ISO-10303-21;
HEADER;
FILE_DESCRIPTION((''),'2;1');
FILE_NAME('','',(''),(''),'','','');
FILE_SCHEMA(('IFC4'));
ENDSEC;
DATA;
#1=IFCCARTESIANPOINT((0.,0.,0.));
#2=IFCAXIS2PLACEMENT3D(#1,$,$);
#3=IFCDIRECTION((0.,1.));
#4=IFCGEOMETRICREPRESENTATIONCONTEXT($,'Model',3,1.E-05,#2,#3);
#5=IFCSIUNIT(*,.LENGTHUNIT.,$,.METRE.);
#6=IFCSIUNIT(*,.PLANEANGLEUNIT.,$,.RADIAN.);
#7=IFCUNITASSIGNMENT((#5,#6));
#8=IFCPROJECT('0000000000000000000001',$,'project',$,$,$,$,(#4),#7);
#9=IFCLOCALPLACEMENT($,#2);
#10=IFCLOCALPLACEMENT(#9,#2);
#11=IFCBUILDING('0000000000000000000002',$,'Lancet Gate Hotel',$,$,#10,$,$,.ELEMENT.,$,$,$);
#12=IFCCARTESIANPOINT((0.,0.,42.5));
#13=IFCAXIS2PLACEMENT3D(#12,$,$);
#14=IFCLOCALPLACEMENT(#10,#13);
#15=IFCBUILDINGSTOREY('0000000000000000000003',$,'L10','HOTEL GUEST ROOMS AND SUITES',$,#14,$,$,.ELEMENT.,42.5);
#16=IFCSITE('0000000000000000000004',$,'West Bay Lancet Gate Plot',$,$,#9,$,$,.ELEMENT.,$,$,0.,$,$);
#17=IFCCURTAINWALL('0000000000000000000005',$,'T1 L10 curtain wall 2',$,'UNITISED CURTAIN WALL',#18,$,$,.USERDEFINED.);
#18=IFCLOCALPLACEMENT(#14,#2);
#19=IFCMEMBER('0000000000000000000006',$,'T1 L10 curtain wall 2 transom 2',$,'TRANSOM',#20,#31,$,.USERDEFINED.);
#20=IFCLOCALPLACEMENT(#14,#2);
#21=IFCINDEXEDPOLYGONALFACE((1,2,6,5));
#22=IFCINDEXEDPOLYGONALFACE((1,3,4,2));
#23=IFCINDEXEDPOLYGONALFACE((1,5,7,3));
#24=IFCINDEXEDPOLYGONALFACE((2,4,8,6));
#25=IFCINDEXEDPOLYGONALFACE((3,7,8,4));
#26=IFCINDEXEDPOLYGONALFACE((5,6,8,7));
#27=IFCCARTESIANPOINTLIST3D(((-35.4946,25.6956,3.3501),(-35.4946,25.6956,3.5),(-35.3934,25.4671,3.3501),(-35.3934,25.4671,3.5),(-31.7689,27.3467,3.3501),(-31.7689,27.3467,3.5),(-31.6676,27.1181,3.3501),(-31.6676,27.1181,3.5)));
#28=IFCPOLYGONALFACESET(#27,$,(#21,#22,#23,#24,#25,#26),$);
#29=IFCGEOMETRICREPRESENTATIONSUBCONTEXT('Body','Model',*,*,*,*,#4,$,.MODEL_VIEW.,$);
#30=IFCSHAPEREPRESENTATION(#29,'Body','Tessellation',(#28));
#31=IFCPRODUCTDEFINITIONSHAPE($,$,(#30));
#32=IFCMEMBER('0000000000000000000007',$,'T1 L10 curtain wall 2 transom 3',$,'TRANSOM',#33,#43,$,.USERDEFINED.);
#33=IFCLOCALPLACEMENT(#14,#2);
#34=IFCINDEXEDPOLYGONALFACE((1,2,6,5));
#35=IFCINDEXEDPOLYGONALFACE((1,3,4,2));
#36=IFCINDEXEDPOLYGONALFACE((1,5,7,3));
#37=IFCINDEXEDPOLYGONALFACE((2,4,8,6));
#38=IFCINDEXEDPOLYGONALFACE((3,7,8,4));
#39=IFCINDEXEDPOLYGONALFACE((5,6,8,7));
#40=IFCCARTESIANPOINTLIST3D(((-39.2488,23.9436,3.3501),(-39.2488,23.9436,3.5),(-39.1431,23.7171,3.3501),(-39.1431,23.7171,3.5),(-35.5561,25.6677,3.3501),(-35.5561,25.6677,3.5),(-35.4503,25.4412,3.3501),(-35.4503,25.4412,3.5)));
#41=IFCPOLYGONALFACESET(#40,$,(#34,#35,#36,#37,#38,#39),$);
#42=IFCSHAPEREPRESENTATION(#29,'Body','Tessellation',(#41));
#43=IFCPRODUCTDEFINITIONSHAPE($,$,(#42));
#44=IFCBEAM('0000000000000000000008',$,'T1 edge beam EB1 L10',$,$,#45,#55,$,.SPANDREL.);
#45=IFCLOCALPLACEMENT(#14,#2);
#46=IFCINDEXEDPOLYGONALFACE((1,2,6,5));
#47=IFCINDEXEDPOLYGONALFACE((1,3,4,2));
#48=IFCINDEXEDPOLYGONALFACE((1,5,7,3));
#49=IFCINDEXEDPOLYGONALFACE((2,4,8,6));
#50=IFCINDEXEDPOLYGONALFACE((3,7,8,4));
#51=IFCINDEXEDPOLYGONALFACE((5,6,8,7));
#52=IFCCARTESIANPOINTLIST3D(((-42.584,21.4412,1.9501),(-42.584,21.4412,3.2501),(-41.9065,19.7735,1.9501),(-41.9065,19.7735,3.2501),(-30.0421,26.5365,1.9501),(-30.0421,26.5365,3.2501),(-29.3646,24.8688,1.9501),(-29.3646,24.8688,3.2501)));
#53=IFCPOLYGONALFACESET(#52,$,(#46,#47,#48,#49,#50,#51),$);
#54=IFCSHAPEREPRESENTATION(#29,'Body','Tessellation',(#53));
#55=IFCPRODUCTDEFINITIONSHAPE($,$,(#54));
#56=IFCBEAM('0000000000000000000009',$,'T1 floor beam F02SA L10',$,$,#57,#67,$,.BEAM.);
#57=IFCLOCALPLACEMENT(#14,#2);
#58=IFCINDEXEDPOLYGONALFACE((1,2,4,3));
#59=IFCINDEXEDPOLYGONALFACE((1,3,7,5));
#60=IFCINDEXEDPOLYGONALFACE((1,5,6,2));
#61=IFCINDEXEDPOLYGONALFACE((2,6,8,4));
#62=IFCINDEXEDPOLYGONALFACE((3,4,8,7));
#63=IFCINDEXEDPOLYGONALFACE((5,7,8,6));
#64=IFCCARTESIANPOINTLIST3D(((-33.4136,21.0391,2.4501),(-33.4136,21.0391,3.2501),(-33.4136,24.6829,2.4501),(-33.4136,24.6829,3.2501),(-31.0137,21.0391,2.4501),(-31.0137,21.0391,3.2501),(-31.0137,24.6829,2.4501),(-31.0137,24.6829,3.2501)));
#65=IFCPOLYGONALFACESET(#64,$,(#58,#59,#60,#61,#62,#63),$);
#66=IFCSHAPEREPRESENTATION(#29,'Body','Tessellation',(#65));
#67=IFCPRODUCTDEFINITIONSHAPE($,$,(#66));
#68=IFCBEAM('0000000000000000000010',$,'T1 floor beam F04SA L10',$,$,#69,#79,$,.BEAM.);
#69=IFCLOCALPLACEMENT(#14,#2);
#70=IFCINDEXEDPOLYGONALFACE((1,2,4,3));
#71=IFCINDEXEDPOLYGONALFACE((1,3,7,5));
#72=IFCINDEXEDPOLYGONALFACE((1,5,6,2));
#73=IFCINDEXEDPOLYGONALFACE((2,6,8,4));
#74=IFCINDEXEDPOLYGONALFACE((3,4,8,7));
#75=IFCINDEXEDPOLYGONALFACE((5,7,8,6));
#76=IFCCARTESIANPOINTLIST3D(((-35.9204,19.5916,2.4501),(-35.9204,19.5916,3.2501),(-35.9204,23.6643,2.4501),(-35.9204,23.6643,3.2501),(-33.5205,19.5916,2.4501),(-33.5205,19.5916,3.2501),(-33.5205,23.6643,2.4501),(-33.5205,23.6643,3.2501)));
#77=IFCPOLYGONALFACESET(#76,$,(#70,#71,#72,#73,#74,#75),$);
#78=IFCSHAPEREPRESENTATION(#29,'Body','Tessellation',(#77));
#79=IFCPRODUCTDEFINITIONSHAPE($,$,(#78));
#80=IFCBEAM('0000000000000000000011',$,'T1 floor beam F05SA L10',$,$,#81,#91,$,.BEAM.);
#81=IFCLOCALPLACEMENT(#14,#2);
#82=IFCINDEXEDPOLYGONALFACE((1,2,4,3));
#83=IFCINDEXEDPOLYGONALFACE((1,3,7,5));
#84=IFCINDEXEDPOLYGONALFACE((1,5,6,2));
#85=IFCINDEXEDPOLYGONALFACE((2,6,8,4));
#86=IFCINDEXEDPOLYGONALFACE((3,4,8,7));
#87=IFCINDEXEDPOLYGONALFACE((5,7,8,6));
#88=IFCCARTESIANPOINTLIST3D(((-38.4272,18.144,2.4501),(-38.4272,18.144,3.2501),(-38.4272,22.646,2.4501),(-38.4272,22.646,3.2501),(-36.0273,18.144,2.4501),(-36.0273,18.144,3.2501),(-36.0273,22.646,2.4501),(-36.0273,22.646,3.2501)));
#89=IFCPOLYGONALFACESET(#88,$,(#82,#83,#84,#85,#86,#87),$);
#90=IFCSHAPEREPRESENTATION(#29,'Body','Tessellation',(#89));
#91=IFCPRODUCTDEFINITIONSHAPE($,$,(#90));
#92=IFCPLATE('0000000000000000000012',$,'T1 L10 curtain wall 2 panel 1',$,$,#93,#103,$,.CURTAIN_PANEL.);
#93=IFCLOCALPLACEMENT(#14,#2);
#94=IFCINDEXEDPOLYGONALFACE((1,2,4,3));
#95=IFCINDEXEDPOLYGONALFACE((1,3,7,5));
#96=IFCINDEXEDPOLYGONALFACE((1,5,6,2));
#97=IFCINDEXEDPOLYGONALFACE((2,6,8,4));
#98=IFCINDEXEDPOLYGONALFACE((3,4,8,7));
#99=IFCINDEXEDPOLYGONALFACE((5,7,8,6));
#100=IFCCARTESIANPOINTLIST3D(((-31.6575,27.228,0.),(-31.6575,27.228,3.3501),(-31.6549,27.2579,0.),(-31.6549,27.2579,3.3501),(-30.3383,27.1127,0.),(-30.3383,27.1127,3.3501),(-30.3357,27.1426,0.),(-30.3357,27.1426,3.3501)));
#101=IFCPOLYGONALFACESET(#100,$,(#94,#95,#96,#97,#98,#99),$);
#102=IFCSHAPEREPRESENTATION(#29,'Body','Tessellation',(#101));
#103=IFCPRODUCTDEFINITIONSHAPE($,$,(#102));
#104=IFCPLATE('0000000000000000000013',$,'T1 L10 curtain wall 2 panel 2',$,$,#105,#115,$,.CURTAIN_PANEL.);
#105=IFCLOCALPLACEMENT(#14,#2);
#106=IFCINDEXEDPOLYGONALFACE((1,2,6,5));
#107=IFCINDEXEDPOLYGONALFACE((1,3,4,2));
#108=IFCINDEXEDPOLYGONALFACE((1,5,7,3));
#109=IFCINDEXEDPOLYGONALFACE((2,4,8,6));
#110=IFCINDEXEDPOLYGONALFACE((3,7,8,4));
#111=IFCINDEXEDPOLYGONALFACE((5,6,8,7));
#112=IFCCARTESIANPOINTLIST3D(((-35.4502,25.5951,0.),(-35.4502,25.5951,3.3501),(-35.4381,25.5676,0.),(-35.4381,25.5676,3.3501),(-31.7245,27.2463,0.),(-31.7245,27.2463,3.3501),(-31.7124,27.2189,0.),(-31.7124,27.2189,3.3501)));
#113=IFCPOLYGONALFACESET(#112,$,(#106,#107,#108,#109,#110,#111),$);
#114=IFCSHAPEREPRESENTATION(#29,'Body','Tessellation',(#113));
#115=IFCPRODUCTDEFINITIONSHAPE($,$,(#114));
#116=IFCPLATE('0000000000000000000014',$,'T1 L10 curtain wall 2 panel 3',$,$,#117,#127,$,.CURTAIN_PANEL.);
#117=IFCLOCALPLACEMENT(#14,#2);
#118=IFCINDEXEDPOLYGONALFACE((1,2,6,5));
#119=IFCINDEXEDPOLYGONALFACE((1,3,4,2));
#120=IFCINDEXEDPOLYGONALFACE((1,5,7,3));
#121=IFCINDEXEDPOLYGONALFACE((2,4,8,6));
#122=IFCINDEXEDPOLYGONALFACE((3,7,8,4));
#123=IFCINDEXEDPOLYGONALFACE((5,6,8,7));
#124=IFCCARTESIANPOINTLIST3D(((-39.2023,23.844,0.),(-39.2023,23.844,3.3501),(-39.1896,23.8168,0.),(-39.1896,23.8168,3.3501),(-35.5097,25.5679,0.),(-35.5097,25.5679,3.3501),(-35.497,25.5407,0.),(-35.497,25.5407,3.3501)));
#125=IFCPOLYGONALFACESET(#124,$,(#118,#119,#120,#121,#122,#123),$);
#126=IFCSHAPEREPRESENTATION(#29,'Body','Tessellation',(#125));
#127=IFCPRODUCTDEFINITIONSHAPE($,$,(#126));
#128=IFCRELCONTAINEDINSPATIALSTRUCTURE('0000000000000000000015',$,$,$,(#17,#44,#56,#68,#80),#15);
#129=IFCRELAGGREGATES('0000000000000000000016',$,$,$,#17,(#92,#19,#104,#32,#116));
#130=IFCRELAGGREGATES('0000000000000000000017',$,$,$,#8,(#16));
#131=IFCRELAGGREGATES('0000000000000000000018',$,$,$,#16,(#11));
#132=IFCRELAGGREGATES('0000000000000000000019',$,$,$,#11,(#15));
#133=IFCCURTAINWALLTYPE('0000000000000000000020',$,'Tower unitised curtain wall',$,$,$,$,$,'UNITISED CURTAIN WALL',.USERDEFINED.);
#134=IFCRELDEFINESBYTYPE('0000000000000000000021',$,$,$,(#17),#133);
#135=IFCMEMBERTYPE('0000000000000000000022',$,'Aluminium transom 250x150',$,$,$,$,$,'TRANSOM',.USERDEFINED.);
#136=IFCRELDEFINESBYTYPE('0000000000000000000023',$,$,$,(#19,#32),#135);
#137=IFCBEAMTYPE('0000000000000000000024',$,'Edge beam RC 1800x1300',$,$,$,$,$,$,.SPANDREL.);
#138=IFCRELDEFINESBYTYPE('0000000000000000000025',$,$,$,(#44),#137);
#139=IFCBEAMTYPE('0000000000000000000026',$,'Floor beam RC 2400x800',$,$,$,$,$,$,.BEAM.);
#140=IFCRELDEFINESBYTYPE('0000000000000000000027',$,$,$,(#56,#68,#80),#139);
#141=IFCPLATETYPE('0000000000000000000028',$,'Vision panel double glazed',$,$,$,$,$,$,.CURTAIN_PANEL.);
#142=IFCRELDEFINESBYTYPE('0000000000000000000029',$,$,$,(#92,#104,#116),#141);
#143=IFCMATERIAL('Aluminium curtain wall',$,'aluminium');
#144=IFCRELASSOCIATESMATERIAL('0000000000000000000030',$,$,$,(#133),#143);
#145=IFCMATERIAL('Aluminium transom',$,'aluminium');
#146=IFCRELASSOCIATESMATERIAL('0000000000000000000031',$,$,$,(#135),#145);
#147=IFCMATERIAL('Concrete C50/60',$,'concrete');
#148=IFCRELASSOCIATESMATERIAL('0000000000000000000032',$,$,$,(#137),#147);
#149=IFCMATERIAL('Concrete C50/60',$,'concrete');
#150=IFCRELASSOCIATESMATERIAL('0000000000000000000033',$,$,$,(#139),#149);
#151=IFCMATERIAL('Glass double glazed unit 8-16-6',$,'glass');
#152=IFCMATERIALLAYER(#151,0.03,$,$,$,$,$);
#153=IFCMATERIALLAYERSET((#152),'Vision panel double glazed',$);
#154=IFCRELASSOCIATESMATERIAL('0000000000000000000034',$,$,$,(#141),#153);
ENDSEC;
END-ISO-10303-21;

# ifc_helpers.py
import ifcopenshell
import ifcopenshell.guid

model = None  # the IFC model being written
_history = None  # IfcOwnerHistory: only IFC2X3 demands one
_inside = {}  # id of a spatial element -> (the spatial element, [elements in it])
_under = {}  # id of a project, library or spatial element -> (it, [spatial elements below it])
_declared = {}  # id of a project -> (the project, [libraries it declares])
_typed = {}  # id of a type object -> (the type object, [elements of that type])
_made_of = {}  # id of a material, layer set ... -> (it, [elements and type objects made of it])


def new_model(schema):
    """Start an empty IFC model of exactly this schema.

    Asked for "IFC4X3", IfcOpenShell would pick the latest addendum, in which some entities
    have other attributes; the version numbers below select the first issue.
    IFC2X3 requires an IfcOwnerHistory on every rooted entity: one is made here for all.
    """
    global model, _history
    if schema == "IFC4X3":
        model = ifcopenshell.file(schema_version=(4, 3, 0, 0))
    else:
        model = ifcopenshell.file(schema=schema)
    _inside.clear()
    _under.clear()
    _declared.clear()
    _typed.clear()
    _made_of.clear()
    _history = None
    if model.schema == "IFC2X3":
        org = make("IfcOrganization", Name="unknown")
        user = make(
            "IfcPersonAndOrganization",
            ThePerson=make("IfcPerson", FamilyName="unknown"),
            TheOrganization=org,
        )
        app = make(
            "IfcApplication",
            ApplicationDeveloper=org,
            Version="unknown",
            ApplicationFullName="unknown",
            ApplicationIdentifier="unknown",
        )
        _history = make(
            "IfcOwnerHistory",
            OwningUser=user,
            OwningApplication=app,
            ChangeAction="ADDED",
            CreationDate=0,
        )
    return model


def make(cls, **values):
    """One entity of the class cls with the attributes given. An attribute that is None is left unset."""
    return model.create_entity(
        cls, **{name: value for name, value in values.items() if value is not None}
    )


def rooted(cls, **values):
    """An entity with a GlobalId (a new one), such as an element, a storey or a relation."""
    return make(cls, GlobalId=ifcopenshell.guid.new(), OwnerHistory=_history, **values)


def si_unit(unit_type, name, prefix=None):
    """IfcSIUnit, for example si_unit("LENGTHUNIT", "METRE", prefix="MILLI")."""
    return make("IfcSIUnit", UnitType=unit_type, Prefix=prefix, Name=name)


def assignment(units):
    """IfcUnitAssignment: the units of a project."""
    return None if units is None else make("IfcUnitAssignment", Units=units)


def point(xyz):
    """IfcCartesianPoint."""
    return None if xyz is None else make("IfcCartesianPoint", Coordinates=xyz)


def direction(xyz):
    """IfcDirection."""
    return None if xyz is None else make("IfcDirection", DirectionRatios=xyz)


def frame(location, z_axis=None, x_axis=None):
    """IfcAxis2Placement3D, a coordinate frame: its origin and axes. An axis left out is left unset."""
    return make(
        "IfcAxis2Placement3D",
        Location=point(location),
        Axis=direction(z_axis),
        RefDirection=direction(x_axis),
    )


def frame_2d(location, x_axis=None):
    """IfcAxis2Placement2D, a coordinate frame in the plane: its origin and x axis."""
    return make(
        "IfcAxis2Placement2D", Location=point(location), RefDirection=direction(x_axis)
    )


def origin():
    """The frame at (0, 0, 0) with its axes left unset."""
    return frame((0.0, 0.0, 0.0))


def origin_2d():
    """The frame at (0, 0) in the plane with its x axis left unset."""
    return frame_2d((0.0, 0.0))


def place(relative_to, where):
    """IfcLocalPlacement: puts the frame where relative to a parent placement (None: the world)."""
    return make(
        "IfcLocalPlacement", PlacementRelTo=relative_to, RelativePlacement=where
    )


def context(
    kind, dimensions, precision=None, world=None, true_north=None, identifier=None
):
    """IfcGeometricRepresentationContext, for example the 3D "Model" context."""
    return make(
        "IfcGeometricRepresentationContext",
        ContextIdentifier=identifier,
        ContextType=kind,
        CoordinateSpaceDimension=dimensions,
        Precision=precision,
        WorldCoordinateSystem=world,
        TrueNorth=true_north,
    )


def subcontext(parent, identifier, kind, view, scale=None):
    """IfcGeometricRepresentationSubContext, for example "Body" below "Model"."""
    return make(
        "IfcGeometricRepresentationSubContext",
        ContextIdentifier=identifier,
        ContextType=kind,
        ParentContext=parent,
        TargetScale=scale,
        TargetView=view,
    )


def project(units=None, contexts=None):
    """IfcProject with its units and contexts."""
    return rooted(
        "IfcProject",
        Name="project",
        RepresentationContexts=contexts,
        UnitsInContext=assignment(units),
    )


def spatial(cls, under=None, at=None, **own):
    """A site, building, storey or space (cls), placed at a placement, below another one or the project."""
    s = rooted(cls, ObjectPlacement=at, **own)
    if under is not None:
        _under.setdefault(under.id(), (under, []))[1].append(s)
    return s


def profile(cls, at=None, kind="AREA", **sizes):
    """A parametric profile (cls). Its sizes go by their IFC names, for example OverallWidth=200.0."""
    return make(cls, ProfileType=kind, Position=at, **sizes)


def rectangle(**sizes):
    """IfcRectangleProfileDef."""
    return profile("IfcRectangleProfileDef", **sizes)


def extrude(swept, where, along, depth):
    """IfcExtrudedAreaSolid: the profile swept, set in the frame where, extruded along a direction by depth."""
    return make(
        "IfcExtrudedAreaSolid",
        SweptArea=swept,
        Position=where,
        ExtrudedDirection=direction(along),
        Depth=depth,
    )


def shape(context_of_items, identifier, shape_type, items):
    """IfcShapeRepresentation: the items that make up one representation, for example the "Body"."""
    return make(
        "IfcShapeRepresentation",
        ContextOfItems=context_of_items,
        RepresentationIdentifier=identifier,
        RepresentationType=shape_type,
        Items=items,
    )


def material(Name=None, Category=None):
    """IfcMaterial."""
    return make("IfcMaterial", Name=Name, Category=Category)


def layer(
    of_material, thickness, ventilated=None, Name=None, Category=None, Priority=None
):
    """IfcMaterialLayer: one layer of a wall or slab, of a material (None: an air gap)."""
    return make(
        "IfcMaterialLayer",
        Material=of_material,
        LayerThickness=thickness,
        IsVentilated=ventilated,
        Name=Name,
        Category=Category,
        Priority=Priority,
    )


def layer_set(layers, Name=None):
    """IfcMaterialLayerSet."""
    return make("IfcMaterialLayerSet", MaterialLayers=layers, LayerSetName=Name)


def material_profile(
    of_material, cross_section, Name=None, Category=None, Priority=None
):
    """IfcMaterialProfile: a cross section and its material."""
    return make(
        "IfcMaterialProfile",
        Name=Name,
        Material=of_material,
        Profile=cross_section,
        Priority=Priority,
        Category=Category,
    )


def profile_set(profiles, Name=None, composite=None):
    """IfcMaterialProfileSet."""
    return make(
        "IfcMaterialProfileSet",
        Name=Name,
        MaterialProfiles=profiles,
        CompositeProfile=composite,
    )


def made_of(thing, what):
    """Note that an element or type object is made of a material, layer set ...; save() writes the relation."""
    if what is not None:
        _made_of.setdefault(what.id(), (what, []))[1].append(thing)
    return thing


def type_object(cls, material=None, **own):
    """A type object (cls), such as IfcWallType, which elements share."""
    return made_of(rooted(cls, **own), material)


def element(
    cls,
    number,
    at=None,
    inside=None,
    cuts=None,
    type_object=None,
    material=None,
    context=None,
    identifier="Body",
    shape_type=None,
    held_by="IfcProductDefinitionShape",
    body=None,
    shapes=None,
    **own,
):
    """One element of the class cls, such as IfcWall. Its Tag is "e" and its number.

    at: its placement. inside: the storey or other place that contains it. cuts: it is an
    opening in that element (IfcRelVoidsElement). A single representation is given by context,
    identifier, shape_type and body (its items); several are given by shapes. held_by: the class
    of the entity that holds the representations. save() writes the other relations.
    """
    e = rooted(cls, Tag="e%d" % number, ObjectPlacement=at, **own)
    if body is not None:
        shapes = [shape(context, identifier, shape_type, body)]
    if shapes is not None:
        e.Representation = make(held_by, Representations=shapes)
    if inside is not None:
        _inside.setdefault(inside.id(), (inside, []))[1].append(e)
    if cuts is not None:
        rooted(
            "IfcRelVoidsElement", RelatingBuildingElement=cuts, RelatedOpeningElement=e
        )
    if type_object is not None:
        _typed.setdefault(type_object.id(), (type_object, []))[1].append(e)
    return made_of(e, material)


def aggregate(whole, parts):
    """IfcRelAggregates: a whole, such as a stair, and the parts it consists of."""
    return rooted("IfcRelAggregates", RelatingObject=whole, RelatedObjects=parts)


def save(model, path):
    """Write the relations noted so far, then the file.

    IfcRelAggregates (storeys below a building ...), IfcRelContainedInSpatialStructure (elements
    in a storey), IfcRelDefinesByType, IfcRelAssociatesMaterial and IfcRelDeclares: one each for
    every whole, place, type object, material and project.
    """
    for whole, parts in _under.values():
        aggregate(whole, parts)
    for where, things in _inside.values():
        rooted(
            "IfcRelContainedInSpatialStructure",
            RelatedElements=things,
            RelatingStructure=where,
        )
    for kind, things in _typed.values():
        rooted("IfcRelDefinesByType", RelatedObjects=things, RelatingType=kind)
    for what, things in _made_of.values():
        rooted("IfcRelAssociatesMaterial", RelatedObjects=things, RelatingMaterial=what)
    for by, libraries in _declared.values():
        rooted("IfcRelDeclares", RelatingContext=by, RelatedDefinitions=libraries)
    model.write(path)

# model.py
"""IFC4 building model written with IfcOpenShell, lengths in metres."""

from ifc_helpers import new_model, si_unit, direction, frame, origin, origin_2d, place, context, subcontext, project, spatial, rectangle, extrude, material, layer, layer_set, material_profile, profile_set, type_object, element, aggregate, save


model = new_model("IFC4")

# Units and contexts
model_context = context("Model", 3, precision=1e-05, world=origin(), true_north=direction((0.0, 1.0)))
body_context = subcontext(model_context, "Body", "Model", "MODEL_VIEW")
ifc_project = project(units=[si_unit("LENGTHUNIT", "METRE"), si_unit("PLANEANGLEUNIT", "RADIAN")], contexts=[model_context])

# Site, building, storey
site_placement = place(None, origin())
site = spatial("IfcSite", under=ifc_project, at=site_placement, Name="West Bay Lancet Gate Plot", CompositionType="ELEMENT", RefElevation=0.0)
building_placement = place(site_placement, origin())
building = spatial("IfcBuilding", under=site, at=building_placement, Name="Lancet Gate Hotel", CompositionType="ELEMENT")
storey_placement = place(building_placement, frame((0.0, 0.0, 42.5)))
storey = spatial("IfcBuildingStorey", under=building, at=storey_placement, Name="L10", Description="HOTEL GUEST ROOMS AND SUITES", CompositionType="ELEMENT", Elevation=42.5)

# Curtain wall, members
ifc_material_1 = material(Name="Aluminium curtain wall", Category="aluminium")
curtain_wall_type = type_object("IfcCurtainWallType", Name="Tower unitised curtain wall", ElementType="UNITISED CURTAIN WALL", PredefinedType="USERDEFINED", material=ifc_material_1)
curtain_wall_placement = place(storey_placement, origin())
curtain_wall = element("IfcCurtainWall", 1, at=curtain_wall_placement, inside=storey, type_object=curtain_wall_type, Name="T1 L10 curtain wall 2", ObjectType="UNITISED CURTAIN WALL", PredefinedType="USERDEFINED")
ifc_material_2 = material(Name="Aluminium transom", Category="aluminium")
ifc_material_profile_1 = material_profile(ifc_material_2, rectangle(XDim=0.25, YDim=0.1499, at=origin_2d()), Name="TRANSOM 250x150")
ifc_profile_set_1 = profile_set([ifc_material_profile_1], Name="Aluminium transom")
member_type_1 = type_object("IfcMemberType", Name="Aluminium transom 250x150", ElementType="TRANSOM", PredefinedType="USERDEFINED", material=ifc_profile_set_1)
member_1_placement = place(storey_placement, frame((-31.7183, 27.2324, 3.425), z_axis=(-0.914248, -0.405154, 0.0), x_axis=(0.405154, -0.914248, 0.0)))
member_1 = element("IfcMember", 2, at=member_1_placement, type_object=member_type_1, Name="T1 L10 curtain wall 2 transom 2", ObjectType="TRANSOM", PredefinedType="USERDEFINED", context=body_context, shape_type="SweptSolid", body=[
    extrude(rectangle(XDim=0.25, YDim=0.1499, at=origin_2d()), origin(), (0.0, 0.0, 1.0), 4.0752),
])
member_2_placement = place(storey_placement, frame((-35.5032, 25.5544, 3.425), z_axis=(-0.90611, -0.423043, 0.0), x_axis=(0.423043, -0.90611, 0.0)))
member_2 = element("IfcMember", 3, at=member_2_placement, type_object=member_type_1, Name="T1 L10 curtain wall 2 transom 3", ObjectType="TRANSOM", PredefinedType="USERDEFINED", context=body_context, shape_type="SweptSolid", body=[
    extrude(rectangle(XDim=0.25, YDim=0.1499, at=origin_2d()), origin(), (0.0, 0.0, 1.0), 4.0754),
])

# Beams
ifc_material_3 = material(Name="Concrete C50/60", Category="concrete")
ifc_material_profile_2 = material_profile(ifc_material_3, rectangle(XDim=1.8, YDim=1.3, at=origin_2d()), Name="RC 1800x1300")
ifc_profile_set_2 = profile_set([ifc_material_profile_2], Name="Concrete C50/60")
beam_type_1 = type_object("IfcBeamType", Name="Edge beam RC 1800x1300", PredefinedType="SPANDREL", material=ifc_profile_set_2)
beam_1_placement = place(storey_placement, frame((-29.7034, 25.7026, 2.6001), z_axis=(-0.926463, -0.376385, 0.0), x_axis=(0.376385, -0.926463, 0.0)))
element("IfcBeam", 4, at=beam_1_placement, inside=storey, type_object=beam_type_1, Name="T1 edge beam EB1 L10", PredefinedType="SPANDREL", context=body_context, shape_type="SweptSolid", body=[
    extrude(rectangle(XDim=1.8, YDim=1.3, at=origin_2d()), origin(), (0.0, 0.0, 1.0), 13.5374),
])
ifc_material_4 = material(Name="Concrete C50/60", Category="concrete")
ifc_material_profile_3 = material_profile(ifc_material_4, rectangle(XDim=2.3999, YDim=0.8, at=origin_2d()), Name="RC 2400x800")
ifc_profile_set_3 = profile_set([ifc_material_profile_3], Name="Concrete C50/60")
beam_type_2 = type_object("IfcBeamType", Name="Floor beam RC 2400x800", PredefinedType="BEAM", material=ifc_profile_set_3)
beam_2_placement = place(storey_placement, frame((-32.2136, 24.6829, 2.8501), z_axis=(0.0, -1.0, 0.0), x_axis=(1.0, 0.0, 0.0)))
element("IfcBeam", 5, at=beam_2_placement, inside=storey, type_object=beam_type_2, Name="T1 floor beam F02SA L10", PredefinedType="BEAM", context=body_context, shape_type="SweptSolid", body=[
    extrude(rectangle(XDim=2.3999, YDim=0.8, at=origin_2d()), origin(), (0.0, 0.0, 1.0), 3.6438),
])
beam_3_placement = place(storey_placement, frame((-34.7205, 23.6643, 2.8501), z_axis=(0.0, -1.0, 0.0), x_axis=(1.0, 0.0, 0.0)))
element("IfcBeam", 6, at=beam_3_placement, inside=storey, type_object=beam_type_2, Name="T1 floor beam F04SA L10", PredefinedType="BEAM", context=body_context, shape_type="SweptSolid", body=[
    extrude(rectangle(XDim=2.3999, YDim=0.8, at=origin_2d()), origin(), (0.0, 0.0, 1.0), 4.0728),
])
beam_4_placement = place(storey_placement, frame((-37.2273, 22.646, 2.8501), z_axis=(0.0, -1.0, 0.0), x_axis=(1.0, 0.0, 0.0)))
element("IfcBeam", 7, at=beam_4_placement, inside=storey, type_object=beam_type_2, Name="T1 floor beam F05SA L10", PredefinedType="BEAM", context=body_context, shape_type="SweptSolid", body=[
    extrude(rectangle(XDim=2.3999, YDim=0.8, at=origin_2d()), origin(), (0.0, 0.0, 1.0), 4.502),
])

# Plates
ifc_material_5 = material(Name="Glass double glazed unit 8-16-6", Category="glass")
ifc_layer_1 = layer(ifc_material_5, 0.03)
ifc_layer_set_1 = layer_set([ifc_layer_1], Name="Vision panel double glazed")
plate_type = type_object("IfcPlateType", Name="Vision panel double glazed", PredefinedType="CURTAIN_PANEL", material=ifc_layer_set_1)
plate_1_placement = place(storey_placement, frame((-30.9966, 27.1853, 0.0), z_axis=(0.0, 0.0, 1.0), x_axis=(-0.996204, 0.087052, 0.0)))
plate_1 = element("IfcPlate", 8, at=plate_1_placement, type_object=plate_type, Name="T1 L10 curtain wall 2 panel 1", PredefinedType="CURTAIN_PANEL", context=body_context, shape_type="SweptSolid", body=[
    extrude(rectangle(XDim=1.3242, YDim=0.03, at=origin_2d()), origin(), (0.0, 0.0, 1.0), 3.3501),
])
plate_2_placement = place(storey_placement, frame((-33.5813, 26.407, 0.0), z_axis=(0.0, 0.0, 1.0), x_axis=(-0.914234, -0.405186, 0.0)))
plate_2 = element("IfcPlate", 9, at=plate_2_placement, type_object=plate_type, Name="T1 L10 curtain wall 2 panel 2", PredefinedType="CURTAIN_PANEL", context=body_context, shape_type="SweptSolid", body=[
    extrude(rectangle(XDim=4.0752, YDim=0.03, at=origin_2d()), origin(), (0.0, 0.0, 1.0), 3.3501),
])
plate_3_placement = place(storey_placement, frame((-37.3496, 24.6924, 0.0), z_axis=(0.0, 0.0, 1.0), x_axis=(-0.906118, -0.423026, 0.0)))
plate_3 = element("IfcPlate", 10, at=plate_3_placement, type_object=plate_type, Name="T1 L10 curtain wall 2 panel 3", PredefinedType="CURTAIN_PANEL", context=body_context, shape_type="SweptSolid", body=[
    extrude(rectangle(XDim=4.0752, YDim=0.03, at=origin_2d()), origin(), (0.0, 0.0, 1.0), 3.3501),
])
aggregate(curtain_wall, [plate_1, member_1, plate_2, member_2, plate_3])

save(model, "model.ifc")
